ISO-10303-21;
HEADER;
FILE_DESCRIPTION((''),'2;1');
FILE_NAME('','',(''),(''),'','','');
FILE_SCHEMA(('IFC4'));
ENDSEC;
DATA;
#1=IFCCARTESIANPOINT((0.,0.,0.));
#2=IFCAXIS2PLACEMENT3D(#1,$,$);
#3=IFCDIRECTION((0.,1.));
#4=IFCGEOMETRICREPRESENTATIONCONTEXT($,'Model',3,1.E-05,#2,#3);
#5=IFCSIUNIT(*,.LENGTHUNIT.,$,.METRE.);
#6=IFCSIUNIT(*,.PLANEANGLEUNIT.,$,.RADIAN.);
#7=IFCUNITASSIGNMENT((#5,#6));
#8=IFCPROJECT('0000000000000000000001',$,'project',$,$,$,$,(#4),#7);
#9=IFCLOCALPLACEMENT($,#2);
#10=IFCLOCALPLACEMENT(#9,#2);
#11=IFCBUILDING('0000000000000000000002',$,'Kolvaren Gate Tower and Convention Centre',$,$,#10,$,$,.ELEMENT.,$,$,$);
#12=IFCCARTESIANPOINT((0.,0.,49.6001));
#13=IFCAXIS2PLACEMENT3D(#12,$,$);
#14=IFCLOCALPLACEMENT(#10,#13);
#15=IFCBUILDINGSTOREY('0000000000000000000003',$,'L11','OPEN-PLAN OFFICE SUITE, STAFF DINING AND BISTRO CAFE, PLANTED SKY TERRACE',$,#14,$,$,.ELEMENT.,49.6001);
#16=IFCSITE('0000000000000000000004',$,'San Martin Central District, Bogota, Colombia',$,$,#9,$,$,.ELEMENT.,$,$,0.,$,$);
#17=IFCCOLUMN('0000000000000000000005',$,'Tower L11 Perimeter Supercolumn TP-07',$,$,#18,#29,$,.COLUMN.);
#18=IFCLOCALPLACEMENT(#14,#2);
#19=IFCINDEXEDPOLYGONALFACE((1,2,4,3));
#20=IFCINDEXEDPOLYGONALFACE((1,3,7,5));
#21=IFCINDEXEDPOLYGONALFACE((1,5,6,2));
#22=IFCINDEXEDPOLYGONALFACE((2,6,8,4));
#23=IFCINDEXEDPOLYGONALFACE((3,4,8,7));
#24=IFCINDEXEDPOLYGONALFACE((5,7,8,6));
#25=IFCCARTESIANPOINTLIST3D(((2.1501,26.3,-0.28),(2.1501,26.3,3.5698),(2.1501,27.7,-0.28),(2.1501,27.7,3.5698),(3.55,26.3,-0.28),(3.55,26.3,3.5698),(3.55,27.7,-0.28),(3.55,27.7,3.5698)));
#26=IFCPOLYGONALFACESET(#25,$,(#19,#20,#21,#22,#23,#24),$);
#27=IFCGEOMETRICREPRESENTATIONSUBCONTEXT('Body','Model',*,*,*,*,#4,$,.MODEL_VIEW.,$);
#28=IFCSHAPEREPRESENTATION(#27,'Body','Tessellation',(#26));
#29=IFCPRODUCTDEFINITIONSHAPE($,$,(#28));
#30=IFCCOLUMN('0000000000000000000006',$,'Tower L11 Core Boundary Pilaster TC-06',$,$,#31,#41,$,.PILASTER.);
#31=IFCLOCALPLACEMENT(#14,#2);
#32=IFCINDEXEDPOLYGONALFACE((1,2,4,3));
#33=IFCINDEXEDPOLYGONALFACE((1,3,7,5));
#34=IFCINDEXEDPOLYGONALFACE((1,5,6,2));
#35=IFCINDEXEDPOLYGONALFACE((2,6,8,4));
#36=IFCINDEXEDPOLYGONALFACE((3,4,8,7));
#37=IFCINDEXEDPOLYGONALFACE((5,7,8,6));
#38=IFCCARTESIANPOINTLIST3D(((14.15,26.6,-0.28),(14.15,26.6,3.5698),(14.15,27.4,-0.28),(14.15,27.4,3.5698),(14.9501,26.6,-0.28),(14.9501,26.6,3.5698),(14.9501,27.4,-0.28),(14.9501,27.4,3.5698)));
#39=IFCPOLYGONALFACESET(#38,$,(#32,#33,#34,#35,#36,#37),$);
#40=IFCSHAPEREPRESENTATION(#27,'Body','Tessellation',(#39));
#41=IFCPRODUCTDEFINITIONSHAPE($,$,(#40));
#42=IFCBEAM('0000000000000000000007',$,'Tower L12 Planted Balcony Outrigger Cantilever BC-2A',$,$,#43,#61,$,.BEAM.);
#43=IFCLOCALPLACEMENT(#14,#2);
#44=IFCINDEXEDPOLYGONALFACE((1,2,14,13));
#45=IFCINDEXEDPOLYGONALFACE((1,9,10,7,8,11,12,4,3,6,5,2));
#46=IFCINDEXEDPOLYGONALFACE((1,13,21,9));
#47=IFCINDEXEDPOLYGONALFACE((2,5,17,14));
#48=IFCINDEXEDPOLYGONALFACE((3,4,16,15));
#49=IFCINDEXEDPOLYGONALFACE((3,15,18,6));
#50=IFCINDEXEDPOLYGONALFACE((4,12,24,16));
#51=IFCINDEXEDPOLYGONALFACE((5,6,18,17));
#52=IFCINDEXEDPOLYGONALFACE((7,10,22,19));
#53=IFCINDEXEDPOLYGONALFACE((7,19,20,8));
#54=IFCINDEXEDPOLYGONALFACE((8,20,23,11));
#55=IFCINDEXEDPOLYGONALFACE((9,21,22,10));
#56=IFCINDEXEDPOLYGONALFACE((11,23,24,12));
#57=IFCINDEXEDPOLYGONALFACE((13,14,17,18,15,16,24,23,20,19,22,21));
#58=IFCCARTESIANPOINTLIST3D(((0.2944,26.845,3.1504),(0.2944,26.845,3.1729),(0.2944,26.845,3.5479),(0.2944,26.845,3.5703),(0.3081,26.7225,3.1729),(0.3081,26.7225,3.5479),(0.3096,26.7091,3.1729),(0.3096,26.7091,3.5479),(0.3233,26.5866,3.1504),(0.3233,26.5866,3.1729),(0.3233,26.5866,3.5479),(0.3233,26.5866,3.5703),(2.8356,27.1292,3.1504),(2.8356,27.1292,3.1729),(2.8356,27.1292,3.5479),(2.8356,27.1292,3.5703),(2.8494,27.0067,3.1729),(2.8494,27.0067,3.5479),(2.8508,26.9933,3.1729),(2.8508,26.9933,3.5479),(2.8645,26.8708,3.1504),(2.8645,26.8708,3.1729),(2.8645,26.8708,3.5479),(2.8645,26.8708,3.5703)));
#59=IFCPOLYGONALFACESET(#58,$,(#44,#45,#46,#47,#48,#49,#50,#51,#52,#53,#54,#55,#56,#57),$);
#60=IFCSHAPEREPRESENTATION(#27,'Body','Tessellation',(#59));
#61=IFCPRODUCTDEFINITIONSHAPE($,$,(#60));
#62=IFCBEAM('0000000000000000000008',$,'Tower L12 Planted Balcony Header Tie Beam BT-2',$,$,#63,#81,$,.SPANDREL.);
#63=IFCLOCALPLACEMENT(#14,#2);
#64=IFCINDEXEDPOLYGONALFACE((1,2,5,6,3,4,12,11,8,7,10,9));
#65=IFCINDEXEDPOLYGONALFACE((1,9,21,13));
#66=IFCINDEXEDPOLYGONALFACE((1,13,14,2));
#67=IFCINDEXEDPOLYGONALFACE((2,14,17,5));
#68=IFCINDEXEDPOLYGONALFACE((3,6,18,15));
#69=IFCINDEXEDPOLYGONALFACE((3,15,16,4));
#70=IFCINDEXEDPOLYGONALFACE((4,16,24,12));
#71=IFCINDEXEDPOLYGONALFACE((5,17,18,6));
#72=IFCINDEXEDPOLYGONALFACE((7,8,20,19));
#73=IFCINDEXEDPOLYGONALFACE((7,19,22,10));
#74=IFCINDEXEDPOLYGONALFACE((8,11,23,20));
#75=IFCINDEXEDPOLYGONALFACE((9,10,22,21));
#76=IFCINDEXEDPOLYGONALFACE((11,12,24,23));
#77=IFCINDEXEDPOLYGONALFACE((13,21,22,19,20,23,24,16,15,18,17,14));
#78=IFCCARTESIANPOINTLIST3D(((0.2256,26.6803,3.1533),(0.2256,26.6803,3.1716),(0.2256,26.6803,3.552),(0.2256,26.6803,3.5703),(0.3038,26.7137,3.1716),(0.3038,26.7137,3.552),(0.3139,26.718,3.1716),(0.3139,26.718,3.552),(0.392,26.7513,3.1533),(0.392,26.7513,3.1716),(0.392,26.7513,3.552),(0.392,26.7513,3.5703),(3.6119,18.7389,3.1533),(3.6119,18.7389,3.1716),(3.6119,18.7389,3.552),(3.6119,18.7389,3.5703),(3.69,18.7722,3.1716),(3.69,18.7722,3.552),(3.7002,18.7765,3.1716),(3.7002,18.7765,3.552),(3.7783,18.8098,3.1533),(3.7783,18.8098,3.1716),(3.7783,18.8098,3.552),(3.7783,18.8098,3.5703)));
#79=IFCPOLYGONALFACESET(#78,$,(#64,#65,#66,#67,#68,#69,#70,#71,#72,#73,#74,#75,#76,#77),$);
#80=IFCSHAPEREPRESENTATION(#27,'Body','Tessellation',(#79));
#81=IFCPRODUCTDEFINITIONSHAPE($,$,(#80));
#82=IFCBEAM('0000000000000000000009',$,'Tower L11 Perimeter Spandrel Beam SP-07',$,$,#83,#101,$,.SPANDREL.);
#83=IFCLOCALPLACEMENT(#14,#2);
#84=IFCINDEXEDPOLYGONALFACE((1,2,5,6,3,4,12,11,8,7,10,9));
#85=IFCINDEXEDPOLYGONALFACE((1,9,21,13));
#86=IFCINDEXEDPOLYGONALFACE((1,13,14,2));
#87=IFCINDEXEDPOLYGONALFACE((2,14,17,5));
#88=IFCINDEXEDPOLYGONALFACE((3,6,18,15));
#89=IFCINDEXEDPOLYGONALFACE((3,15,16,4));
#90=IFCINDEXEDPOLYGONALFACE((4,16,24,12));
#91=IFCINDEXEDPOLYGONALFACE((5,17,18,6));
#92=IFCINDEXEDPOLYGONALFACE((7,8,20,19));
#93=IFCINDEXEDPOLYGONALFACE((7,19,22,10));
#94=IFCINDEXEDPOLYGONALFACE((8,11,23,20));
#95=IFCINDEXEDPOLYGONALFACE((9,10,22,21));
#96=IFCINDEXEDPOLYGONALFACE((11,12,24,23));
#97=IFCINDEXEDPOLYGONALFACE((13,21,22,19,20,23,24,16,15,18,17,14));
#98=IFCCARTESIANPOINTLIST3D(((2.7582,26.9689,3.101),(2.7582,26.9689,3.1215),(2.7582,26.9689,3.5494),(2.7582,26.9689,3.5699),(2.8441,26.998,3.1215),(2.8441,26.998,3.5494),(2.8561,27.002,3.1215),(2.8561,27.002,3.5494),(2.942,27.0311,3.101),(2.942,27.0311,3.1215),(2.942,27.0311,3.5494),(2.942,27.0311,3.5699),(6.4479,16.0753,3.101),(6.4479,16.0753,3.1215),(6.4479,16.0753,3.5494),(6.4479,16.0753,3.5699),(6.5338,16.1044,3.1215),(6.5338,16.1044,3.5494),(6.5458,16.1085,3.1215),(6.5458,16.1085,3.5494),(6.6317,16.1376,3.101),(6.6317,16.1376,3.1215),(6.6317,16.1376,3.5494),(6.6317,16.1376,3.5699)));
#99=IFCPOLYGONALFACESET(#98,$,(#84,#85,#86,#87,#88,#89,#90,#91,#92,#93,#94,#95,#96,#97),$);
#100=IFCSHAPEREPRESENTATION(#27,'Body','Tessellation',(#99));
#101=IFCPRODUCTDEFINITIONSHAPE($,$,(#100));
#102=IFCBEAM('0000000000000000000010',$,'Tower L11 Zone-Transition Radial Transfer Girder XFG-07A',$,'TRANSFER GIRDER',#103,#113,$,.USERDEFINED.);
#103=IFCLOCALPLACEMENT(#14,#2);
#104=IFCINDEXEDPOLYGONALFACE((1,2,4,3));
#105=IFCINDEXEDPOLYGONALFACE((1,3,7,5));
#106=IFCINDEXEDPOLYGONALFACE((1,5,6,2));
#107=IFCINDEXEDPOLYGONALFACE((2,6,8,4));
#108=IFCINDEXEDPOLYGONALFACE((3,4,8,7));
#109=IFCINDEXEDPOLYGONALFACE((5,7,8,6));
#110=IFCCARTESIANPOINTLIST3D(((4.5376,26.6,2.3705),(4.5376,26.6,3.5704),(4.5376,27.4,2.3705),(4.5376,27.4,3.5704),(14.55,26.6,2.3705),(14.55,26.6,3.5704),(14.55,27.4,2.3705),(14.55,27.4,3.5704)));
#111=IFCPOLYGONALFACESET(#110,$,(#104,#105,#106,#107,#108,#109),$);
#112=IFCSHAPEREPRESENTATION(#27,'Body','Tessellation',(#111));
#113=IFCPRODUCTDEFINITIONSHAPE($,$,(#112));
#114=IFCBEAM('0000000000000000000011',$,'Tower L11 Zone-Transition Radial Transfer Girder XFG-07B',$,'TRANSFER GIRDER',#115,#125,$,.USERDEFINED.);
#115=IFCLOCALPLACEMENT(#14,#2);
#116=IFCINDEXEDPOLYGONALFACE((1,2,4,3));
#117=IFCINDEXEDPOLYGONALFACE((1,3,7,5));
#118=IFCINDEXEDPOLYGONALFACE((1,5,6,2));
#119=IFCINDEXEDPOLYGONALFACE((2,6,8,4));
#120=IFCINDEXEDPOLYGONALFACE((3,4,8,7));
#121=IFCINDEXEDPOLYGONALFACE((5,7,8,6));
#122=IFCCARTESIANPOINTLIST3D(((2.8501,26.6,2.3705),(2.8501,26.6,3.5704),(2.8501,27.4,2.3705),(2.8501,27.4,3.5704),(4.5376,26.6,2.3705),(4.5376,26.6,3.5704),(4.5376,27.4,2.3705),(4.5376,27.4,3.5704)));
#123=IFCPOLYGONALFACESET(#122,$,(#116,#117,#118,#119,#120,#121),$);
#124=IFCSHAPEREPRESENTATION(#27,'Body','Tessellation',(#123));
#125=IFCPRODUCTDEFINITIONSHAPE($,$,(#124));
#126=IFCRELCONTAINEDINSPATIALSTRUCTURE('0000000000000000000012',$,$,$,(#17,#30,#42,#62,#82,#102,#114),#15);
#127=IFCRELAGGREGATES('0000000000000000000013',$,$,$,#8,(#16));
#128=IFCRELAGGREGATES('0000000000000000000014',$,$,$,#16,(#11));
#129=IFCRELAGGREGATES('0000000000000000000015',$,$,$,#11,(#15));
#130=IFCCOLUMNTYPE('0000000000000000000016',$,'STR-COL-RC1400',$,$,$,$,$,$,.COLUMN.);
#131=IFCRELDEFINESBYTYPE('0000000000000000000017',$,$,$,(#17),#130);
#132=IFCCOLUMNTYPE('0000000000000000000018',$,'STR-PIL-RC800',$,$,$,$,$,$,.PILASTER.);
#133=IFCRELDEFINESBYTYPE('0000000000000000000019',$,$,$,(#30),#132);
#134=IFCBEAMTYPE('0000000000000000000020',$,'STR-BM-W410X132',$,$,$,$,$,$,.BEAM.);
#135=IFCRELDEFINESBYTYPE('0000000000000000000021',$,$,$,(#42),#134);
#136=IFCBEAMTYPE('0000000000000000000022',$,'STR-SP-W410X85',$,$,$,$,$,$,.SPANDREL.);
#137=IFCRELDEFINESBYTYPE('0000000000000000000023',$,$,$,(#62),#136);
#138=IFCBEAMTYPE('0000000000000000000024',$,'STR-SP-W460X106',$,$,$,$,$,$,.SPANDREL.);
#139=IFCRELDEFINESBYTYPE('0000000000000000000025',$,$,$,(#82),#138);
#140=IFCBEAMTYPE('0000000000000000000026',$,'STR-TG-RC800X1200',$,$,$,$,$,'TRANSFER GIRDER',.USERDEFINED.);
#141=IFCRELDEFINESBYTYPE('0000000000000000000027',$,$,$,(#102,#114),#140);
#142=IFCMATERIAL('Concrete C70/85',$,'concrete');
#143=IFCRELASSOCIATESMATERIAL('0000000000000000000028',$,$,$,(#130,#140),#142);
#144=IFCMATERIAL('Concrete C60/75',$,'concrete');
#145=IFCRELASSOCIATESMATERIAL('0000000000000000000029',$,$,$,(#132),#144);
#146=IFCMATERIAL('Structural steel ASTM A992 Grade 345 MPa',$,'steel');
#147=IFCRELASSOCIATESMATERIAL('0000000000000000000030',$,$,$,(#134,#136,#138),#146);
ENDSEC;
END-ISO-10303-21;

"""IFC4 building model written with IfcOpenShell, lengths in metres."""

from ifc_helpers import new_model, si_unit, direction, frame, origin, origin_2d, place, context, subcontext, project, spatial, rectangle, i_section, extrude, material, material_profile, profile_set, type_object, element, save


model = new_model("IFC4")

# Units and contexts
model_context = context("Model", 3, precision=1e-05, world=origin(), true_north=direction((0.0, 1.0)))
body_context = subcontext(model_context, "Body", "Model", "MODEL_VIEW")
ifc_project = project(units=[si_unit("LENGTHUNIT", "METRE"), si_unit("PLANEANGLEUNIT", "RADIAN")], contexts=[model_context])

# Site, building, storey
site_placement = place(None, origin())
site = spatial("IfcSite", under=ifc_project, at=site_placement, Name="San Martin Central District, Bogota, Colombia", CompositionType="ELEMENT", RefElevation=0.0)
building_placement = place(site_placement, origin())
building = spatial("IfcBuilding", under=site, at=building_placement, Name="Kolvaren Gate Tower and Convention Centre", CompositionType="ELEMENT")
storey_placement = place(building_placement, frame((0.0, 0.0, 49.6001)))
storey = spatial("IfcBuildingStorey", under=building, at=storey_placement, Name="L11", Description="OPEN-PLAN OFFICE SUITE, STAFF DINING AND BISTRO CAFE, PLANTED SKY TERRACE", CompositionType="ELEMENT", Elevation=49.6001)

# Columns
ifc_material_1 = material(Name="Concrete C70/85", Category="concrete")
ifc_material_profile_1 = material_profile(ifc_material_1, rectangle(XDim=1.3999, YDim=1.3999, at=origin_2d()), Name="RC-COL-1400X1400")
ifc_profile_set_1 = profile_set([ifc_material_profile_1], Name="Concrete C70/85")
column_type_1 = type_object("IfcColumnType", Name="STR-COL-RC1400", PredefinedType="COLUMN", material=ifc_profile_set_1)
column_1_placement = place(storey_placement, frame((2.8501, 27.0, -0.28), z_axis=(0.0, 0.0, 1.0), x_axis=(1.0, 0.0, 0.0)))
element("IfcColumn", 1, at=column_1_placement, inside=storey, type_object=column_type_1, Name="Tower L11 Perimeter Supercolumn TP-07", PredefinedType="COLUMN", context=body_context, shape_type="SweptSolid", body=[
    extrude(rectangle(XDim=1.3999, YDim=1.3999, at=origin_2d()), origin(), (0.0, 0.0, 1.0), 3.8499),
])
ifc_material_2 = material(Name="Concrete C60/75", Category="concrete")
ifc_material_profile_2 = material_profile(ifc_material_2, rectangle(XDim=0.8, YDim=0.8, at=origin_2d()), Name="RC-COL-800X800")
ifc_profile_set_2 = profile_set([ifc_material_profile_2], Name="Concrete C60/75")
column_type_2 = type_object("IfcColumnType", Name="STR-PIL-RC800", PredefinedType="PILASTER", material=ifc_profile_set_2)
column_2_placement = place(storey_placement, frame((14.55, 27.0, -0.28), z_axis=(0.0, 0.0, 1.0), x_axis=(1.0, 0.0, 0.0)))
element("IfcColumn", 2, at=column_2_placement, inside=storey, type_object=column_type_2, Name="Tower L11 Core Boundary Pilaster TC-06", PredefinedType="PILASTER", context=body_context, shape_type="SweptSolid", body=[
    extrude(rectangle(XDim=0.8, YDim=0.8, at=origin_2d()), origin(), (0.0, 0.0, 1.0), 3.8499),
])

# Beams
ifc_material_3 = material(Name="Structural steel ASTM A992 Grade 345 MPa", Category="steel")
ifc_material_profile_3 = material_profile(ifc_material_3, i_section(OverallWidth=0.26, OverallDepth=0.4199, WebThickness=0.0134, FlangeThickness=0.0225, at=origin_2d()), Name="W410X132")
ifc_profile_set_3 = profile_set([ifc_material_profile_3], Name="Structural steel ASTM A992 Grade 345 MPa")
beam_type_1 = type_object("IfcBeamType", Name="STR-BM-W410X132", PredefinedType="BEAM", material=ifc_profile_set_3)
beam_1_placement = place(storey_placement, frame((2.8501, 27.0, 3.3604), z_axis=(-0.993805, -0.111134, 0.0), x_axis=(0.111134, -0.993805, 0.0)))
element("IfcBeam", 3, at=beam_1_placement, inside=storey, type_object=beam_type_1, Name="Tower L12 Planted Balcony Outrigger Cantilever BC-2A", PredefinedType="BEAM", context=body_context, shape_type="SweptSolid", body=[
    extrude(i_section(OverallWidth=0.26, OverallDepth=0.4199, WebThickness=0.0134, FlangeThickness=0.0225, at=origin_2d()), origin(), (0.0, 0.0, 1.0), 2.5571),
])
ifc_material_profile_4 = material_profile(ifc_material_3, i_section(OverallWidth=0.1809, OverallDepth=0.417, WebThickness=0.011, FlangeThickness=0.0183, at=origin_2d()), Name="W410X85")
ifc_profile_set_4 = profile_set([ifc_material_profile_4], Name="Structural steel ASTM A992 Grade 345 MPa")
beam_type_2 = type_object("IfcBeamType", Name="STR-SP-W410X85", PredefinedType="SPANDREL", material=ifc_profile_set_4)
beam_2_placement = place(storey_placement, frame((0.3088, 26.7158, 3.3618), z_axis=(0.392233, -0.919866, 0.0), x_axis=(0.919866, 0.392233, 0.0)))
element("IfcBeam", 4, at=beam_2_placement, inside=storey, type_object=beam_type_2, Name="Tower L12 Planted Balcony Header Tie Beam BT-2", PredefinedType="SPANDREL", context=body_context, shape_type="SweptSolid", body=[
    extrude(i_section(OverallWidth=0.1809, OverallDepth=0.417, WebThickness=0.011, FlangeThickness=0.0183, at=origin_2d()), origin(), (0.0, 0.0, 1.0), 8.6333),
])
ifc_material_profile_5 = material_profile(ifc_material_3, i_section(OverallWidth=0.1941, OverallDepth=0.469, WebThickness=0.0127, FlangeThickness=0.0205, at=origin_2d()), Name="W460X106")
ifc_profile_set_5 = profile_set([ifc_material_profile_5], Name="Structural steel ASTM A992 Grade 345 MPa")
beam_type_3 = type_object("IfcBeamType", Name="STR-SP-W460X106", PredefinedType="SPANDREL", material=ifc_profile_set_5)
beam_3_placement = place(storey_placement, frame((2.8501, 27.0, 3.3354), z_axis=(0.320803, -0.947146, 0.0), x_axis=(0.947146, 0.320803, 0.0)))
element("IfcBeam", 5, at=beam_3_placement, inside=storey, type_object=beam_type_3, Name="Tower L11 Perimeter Spandrel Beam SP-07", PredefinedType="SPANDREL", context=body_context, shape_type="SweptSolid", body=[
    extrude(i_section(OverallWidth=0.1941, OverallDepth=0.469, WebThickness=0.0127, FlangeThickness=0.0205, at=origin_2d()), origin(), (0.0, 0.0, 1.0), 11.5015),
])
ifc_material_profile_6 = material_profile(ifc_material_1, rectangle(XDim=0.8, YDim=1.2, at=origin_2d()), Name="RC-BM-800X1200")
ifc_profile_set_6 = profile_set([ifc_material_profile_6], Name="Concrete C70/85")
beam_type_4 = type_object("IfcBeamType", Name="STR-TG-RC800X1200", ElementType="TRANSFER GIRDER", PredefinedType="USERDEFINED", material=ifc_profile_set_6)
beam_4_placement = place(storey_placement, frame((14.55, 27.0, 2.9705), z_axis=(-1.0, 0.0, 0.0), x_axis=(0.0, -1.0, 0.0)))
element("IfcBeam", 6, at=beam_4_placement, inside=storey, type_object=beam_type_4, Name="Tower L11 Zone-Transition Radial Transfer Girder XFG-07A", ObjectType="TRANSFER GIRDER", PredefinedType="USERDEFINED", context=body_context, shape_type="SweptSolid", body=[
    extrude(rectangle(XDim=0.8, YDim=1.2, at=origin_2d()), origin(), (0.0, 0.0, 1.0), 10.0125),
])
beam_5_placement = place(storey_placement, frame((4.5376, 27.0, 2.9705), z_axis=(-1.0, 0.0, 0.0), x_axis=(0.0, -1.0, 0.0)))
element("IfcBeam", 7, at=beam_5_placement, inside=storey, type_object=beam_type_4, Name="Tower L11 Zone-Transition Radial Transfer Girder XFG-07B", ObjectType="TRANSFER GIRDER", PredefinedType="USERDEFINED", context=body_context, shape_type="SweptSolid", body=[
    extrude(rectangle(XDim=0.8, YDim=1.2, at=origin_2d()), origin(), (0.0, 0.0, 1.0), 1.6875),
])

save(model, "model.ifc")
